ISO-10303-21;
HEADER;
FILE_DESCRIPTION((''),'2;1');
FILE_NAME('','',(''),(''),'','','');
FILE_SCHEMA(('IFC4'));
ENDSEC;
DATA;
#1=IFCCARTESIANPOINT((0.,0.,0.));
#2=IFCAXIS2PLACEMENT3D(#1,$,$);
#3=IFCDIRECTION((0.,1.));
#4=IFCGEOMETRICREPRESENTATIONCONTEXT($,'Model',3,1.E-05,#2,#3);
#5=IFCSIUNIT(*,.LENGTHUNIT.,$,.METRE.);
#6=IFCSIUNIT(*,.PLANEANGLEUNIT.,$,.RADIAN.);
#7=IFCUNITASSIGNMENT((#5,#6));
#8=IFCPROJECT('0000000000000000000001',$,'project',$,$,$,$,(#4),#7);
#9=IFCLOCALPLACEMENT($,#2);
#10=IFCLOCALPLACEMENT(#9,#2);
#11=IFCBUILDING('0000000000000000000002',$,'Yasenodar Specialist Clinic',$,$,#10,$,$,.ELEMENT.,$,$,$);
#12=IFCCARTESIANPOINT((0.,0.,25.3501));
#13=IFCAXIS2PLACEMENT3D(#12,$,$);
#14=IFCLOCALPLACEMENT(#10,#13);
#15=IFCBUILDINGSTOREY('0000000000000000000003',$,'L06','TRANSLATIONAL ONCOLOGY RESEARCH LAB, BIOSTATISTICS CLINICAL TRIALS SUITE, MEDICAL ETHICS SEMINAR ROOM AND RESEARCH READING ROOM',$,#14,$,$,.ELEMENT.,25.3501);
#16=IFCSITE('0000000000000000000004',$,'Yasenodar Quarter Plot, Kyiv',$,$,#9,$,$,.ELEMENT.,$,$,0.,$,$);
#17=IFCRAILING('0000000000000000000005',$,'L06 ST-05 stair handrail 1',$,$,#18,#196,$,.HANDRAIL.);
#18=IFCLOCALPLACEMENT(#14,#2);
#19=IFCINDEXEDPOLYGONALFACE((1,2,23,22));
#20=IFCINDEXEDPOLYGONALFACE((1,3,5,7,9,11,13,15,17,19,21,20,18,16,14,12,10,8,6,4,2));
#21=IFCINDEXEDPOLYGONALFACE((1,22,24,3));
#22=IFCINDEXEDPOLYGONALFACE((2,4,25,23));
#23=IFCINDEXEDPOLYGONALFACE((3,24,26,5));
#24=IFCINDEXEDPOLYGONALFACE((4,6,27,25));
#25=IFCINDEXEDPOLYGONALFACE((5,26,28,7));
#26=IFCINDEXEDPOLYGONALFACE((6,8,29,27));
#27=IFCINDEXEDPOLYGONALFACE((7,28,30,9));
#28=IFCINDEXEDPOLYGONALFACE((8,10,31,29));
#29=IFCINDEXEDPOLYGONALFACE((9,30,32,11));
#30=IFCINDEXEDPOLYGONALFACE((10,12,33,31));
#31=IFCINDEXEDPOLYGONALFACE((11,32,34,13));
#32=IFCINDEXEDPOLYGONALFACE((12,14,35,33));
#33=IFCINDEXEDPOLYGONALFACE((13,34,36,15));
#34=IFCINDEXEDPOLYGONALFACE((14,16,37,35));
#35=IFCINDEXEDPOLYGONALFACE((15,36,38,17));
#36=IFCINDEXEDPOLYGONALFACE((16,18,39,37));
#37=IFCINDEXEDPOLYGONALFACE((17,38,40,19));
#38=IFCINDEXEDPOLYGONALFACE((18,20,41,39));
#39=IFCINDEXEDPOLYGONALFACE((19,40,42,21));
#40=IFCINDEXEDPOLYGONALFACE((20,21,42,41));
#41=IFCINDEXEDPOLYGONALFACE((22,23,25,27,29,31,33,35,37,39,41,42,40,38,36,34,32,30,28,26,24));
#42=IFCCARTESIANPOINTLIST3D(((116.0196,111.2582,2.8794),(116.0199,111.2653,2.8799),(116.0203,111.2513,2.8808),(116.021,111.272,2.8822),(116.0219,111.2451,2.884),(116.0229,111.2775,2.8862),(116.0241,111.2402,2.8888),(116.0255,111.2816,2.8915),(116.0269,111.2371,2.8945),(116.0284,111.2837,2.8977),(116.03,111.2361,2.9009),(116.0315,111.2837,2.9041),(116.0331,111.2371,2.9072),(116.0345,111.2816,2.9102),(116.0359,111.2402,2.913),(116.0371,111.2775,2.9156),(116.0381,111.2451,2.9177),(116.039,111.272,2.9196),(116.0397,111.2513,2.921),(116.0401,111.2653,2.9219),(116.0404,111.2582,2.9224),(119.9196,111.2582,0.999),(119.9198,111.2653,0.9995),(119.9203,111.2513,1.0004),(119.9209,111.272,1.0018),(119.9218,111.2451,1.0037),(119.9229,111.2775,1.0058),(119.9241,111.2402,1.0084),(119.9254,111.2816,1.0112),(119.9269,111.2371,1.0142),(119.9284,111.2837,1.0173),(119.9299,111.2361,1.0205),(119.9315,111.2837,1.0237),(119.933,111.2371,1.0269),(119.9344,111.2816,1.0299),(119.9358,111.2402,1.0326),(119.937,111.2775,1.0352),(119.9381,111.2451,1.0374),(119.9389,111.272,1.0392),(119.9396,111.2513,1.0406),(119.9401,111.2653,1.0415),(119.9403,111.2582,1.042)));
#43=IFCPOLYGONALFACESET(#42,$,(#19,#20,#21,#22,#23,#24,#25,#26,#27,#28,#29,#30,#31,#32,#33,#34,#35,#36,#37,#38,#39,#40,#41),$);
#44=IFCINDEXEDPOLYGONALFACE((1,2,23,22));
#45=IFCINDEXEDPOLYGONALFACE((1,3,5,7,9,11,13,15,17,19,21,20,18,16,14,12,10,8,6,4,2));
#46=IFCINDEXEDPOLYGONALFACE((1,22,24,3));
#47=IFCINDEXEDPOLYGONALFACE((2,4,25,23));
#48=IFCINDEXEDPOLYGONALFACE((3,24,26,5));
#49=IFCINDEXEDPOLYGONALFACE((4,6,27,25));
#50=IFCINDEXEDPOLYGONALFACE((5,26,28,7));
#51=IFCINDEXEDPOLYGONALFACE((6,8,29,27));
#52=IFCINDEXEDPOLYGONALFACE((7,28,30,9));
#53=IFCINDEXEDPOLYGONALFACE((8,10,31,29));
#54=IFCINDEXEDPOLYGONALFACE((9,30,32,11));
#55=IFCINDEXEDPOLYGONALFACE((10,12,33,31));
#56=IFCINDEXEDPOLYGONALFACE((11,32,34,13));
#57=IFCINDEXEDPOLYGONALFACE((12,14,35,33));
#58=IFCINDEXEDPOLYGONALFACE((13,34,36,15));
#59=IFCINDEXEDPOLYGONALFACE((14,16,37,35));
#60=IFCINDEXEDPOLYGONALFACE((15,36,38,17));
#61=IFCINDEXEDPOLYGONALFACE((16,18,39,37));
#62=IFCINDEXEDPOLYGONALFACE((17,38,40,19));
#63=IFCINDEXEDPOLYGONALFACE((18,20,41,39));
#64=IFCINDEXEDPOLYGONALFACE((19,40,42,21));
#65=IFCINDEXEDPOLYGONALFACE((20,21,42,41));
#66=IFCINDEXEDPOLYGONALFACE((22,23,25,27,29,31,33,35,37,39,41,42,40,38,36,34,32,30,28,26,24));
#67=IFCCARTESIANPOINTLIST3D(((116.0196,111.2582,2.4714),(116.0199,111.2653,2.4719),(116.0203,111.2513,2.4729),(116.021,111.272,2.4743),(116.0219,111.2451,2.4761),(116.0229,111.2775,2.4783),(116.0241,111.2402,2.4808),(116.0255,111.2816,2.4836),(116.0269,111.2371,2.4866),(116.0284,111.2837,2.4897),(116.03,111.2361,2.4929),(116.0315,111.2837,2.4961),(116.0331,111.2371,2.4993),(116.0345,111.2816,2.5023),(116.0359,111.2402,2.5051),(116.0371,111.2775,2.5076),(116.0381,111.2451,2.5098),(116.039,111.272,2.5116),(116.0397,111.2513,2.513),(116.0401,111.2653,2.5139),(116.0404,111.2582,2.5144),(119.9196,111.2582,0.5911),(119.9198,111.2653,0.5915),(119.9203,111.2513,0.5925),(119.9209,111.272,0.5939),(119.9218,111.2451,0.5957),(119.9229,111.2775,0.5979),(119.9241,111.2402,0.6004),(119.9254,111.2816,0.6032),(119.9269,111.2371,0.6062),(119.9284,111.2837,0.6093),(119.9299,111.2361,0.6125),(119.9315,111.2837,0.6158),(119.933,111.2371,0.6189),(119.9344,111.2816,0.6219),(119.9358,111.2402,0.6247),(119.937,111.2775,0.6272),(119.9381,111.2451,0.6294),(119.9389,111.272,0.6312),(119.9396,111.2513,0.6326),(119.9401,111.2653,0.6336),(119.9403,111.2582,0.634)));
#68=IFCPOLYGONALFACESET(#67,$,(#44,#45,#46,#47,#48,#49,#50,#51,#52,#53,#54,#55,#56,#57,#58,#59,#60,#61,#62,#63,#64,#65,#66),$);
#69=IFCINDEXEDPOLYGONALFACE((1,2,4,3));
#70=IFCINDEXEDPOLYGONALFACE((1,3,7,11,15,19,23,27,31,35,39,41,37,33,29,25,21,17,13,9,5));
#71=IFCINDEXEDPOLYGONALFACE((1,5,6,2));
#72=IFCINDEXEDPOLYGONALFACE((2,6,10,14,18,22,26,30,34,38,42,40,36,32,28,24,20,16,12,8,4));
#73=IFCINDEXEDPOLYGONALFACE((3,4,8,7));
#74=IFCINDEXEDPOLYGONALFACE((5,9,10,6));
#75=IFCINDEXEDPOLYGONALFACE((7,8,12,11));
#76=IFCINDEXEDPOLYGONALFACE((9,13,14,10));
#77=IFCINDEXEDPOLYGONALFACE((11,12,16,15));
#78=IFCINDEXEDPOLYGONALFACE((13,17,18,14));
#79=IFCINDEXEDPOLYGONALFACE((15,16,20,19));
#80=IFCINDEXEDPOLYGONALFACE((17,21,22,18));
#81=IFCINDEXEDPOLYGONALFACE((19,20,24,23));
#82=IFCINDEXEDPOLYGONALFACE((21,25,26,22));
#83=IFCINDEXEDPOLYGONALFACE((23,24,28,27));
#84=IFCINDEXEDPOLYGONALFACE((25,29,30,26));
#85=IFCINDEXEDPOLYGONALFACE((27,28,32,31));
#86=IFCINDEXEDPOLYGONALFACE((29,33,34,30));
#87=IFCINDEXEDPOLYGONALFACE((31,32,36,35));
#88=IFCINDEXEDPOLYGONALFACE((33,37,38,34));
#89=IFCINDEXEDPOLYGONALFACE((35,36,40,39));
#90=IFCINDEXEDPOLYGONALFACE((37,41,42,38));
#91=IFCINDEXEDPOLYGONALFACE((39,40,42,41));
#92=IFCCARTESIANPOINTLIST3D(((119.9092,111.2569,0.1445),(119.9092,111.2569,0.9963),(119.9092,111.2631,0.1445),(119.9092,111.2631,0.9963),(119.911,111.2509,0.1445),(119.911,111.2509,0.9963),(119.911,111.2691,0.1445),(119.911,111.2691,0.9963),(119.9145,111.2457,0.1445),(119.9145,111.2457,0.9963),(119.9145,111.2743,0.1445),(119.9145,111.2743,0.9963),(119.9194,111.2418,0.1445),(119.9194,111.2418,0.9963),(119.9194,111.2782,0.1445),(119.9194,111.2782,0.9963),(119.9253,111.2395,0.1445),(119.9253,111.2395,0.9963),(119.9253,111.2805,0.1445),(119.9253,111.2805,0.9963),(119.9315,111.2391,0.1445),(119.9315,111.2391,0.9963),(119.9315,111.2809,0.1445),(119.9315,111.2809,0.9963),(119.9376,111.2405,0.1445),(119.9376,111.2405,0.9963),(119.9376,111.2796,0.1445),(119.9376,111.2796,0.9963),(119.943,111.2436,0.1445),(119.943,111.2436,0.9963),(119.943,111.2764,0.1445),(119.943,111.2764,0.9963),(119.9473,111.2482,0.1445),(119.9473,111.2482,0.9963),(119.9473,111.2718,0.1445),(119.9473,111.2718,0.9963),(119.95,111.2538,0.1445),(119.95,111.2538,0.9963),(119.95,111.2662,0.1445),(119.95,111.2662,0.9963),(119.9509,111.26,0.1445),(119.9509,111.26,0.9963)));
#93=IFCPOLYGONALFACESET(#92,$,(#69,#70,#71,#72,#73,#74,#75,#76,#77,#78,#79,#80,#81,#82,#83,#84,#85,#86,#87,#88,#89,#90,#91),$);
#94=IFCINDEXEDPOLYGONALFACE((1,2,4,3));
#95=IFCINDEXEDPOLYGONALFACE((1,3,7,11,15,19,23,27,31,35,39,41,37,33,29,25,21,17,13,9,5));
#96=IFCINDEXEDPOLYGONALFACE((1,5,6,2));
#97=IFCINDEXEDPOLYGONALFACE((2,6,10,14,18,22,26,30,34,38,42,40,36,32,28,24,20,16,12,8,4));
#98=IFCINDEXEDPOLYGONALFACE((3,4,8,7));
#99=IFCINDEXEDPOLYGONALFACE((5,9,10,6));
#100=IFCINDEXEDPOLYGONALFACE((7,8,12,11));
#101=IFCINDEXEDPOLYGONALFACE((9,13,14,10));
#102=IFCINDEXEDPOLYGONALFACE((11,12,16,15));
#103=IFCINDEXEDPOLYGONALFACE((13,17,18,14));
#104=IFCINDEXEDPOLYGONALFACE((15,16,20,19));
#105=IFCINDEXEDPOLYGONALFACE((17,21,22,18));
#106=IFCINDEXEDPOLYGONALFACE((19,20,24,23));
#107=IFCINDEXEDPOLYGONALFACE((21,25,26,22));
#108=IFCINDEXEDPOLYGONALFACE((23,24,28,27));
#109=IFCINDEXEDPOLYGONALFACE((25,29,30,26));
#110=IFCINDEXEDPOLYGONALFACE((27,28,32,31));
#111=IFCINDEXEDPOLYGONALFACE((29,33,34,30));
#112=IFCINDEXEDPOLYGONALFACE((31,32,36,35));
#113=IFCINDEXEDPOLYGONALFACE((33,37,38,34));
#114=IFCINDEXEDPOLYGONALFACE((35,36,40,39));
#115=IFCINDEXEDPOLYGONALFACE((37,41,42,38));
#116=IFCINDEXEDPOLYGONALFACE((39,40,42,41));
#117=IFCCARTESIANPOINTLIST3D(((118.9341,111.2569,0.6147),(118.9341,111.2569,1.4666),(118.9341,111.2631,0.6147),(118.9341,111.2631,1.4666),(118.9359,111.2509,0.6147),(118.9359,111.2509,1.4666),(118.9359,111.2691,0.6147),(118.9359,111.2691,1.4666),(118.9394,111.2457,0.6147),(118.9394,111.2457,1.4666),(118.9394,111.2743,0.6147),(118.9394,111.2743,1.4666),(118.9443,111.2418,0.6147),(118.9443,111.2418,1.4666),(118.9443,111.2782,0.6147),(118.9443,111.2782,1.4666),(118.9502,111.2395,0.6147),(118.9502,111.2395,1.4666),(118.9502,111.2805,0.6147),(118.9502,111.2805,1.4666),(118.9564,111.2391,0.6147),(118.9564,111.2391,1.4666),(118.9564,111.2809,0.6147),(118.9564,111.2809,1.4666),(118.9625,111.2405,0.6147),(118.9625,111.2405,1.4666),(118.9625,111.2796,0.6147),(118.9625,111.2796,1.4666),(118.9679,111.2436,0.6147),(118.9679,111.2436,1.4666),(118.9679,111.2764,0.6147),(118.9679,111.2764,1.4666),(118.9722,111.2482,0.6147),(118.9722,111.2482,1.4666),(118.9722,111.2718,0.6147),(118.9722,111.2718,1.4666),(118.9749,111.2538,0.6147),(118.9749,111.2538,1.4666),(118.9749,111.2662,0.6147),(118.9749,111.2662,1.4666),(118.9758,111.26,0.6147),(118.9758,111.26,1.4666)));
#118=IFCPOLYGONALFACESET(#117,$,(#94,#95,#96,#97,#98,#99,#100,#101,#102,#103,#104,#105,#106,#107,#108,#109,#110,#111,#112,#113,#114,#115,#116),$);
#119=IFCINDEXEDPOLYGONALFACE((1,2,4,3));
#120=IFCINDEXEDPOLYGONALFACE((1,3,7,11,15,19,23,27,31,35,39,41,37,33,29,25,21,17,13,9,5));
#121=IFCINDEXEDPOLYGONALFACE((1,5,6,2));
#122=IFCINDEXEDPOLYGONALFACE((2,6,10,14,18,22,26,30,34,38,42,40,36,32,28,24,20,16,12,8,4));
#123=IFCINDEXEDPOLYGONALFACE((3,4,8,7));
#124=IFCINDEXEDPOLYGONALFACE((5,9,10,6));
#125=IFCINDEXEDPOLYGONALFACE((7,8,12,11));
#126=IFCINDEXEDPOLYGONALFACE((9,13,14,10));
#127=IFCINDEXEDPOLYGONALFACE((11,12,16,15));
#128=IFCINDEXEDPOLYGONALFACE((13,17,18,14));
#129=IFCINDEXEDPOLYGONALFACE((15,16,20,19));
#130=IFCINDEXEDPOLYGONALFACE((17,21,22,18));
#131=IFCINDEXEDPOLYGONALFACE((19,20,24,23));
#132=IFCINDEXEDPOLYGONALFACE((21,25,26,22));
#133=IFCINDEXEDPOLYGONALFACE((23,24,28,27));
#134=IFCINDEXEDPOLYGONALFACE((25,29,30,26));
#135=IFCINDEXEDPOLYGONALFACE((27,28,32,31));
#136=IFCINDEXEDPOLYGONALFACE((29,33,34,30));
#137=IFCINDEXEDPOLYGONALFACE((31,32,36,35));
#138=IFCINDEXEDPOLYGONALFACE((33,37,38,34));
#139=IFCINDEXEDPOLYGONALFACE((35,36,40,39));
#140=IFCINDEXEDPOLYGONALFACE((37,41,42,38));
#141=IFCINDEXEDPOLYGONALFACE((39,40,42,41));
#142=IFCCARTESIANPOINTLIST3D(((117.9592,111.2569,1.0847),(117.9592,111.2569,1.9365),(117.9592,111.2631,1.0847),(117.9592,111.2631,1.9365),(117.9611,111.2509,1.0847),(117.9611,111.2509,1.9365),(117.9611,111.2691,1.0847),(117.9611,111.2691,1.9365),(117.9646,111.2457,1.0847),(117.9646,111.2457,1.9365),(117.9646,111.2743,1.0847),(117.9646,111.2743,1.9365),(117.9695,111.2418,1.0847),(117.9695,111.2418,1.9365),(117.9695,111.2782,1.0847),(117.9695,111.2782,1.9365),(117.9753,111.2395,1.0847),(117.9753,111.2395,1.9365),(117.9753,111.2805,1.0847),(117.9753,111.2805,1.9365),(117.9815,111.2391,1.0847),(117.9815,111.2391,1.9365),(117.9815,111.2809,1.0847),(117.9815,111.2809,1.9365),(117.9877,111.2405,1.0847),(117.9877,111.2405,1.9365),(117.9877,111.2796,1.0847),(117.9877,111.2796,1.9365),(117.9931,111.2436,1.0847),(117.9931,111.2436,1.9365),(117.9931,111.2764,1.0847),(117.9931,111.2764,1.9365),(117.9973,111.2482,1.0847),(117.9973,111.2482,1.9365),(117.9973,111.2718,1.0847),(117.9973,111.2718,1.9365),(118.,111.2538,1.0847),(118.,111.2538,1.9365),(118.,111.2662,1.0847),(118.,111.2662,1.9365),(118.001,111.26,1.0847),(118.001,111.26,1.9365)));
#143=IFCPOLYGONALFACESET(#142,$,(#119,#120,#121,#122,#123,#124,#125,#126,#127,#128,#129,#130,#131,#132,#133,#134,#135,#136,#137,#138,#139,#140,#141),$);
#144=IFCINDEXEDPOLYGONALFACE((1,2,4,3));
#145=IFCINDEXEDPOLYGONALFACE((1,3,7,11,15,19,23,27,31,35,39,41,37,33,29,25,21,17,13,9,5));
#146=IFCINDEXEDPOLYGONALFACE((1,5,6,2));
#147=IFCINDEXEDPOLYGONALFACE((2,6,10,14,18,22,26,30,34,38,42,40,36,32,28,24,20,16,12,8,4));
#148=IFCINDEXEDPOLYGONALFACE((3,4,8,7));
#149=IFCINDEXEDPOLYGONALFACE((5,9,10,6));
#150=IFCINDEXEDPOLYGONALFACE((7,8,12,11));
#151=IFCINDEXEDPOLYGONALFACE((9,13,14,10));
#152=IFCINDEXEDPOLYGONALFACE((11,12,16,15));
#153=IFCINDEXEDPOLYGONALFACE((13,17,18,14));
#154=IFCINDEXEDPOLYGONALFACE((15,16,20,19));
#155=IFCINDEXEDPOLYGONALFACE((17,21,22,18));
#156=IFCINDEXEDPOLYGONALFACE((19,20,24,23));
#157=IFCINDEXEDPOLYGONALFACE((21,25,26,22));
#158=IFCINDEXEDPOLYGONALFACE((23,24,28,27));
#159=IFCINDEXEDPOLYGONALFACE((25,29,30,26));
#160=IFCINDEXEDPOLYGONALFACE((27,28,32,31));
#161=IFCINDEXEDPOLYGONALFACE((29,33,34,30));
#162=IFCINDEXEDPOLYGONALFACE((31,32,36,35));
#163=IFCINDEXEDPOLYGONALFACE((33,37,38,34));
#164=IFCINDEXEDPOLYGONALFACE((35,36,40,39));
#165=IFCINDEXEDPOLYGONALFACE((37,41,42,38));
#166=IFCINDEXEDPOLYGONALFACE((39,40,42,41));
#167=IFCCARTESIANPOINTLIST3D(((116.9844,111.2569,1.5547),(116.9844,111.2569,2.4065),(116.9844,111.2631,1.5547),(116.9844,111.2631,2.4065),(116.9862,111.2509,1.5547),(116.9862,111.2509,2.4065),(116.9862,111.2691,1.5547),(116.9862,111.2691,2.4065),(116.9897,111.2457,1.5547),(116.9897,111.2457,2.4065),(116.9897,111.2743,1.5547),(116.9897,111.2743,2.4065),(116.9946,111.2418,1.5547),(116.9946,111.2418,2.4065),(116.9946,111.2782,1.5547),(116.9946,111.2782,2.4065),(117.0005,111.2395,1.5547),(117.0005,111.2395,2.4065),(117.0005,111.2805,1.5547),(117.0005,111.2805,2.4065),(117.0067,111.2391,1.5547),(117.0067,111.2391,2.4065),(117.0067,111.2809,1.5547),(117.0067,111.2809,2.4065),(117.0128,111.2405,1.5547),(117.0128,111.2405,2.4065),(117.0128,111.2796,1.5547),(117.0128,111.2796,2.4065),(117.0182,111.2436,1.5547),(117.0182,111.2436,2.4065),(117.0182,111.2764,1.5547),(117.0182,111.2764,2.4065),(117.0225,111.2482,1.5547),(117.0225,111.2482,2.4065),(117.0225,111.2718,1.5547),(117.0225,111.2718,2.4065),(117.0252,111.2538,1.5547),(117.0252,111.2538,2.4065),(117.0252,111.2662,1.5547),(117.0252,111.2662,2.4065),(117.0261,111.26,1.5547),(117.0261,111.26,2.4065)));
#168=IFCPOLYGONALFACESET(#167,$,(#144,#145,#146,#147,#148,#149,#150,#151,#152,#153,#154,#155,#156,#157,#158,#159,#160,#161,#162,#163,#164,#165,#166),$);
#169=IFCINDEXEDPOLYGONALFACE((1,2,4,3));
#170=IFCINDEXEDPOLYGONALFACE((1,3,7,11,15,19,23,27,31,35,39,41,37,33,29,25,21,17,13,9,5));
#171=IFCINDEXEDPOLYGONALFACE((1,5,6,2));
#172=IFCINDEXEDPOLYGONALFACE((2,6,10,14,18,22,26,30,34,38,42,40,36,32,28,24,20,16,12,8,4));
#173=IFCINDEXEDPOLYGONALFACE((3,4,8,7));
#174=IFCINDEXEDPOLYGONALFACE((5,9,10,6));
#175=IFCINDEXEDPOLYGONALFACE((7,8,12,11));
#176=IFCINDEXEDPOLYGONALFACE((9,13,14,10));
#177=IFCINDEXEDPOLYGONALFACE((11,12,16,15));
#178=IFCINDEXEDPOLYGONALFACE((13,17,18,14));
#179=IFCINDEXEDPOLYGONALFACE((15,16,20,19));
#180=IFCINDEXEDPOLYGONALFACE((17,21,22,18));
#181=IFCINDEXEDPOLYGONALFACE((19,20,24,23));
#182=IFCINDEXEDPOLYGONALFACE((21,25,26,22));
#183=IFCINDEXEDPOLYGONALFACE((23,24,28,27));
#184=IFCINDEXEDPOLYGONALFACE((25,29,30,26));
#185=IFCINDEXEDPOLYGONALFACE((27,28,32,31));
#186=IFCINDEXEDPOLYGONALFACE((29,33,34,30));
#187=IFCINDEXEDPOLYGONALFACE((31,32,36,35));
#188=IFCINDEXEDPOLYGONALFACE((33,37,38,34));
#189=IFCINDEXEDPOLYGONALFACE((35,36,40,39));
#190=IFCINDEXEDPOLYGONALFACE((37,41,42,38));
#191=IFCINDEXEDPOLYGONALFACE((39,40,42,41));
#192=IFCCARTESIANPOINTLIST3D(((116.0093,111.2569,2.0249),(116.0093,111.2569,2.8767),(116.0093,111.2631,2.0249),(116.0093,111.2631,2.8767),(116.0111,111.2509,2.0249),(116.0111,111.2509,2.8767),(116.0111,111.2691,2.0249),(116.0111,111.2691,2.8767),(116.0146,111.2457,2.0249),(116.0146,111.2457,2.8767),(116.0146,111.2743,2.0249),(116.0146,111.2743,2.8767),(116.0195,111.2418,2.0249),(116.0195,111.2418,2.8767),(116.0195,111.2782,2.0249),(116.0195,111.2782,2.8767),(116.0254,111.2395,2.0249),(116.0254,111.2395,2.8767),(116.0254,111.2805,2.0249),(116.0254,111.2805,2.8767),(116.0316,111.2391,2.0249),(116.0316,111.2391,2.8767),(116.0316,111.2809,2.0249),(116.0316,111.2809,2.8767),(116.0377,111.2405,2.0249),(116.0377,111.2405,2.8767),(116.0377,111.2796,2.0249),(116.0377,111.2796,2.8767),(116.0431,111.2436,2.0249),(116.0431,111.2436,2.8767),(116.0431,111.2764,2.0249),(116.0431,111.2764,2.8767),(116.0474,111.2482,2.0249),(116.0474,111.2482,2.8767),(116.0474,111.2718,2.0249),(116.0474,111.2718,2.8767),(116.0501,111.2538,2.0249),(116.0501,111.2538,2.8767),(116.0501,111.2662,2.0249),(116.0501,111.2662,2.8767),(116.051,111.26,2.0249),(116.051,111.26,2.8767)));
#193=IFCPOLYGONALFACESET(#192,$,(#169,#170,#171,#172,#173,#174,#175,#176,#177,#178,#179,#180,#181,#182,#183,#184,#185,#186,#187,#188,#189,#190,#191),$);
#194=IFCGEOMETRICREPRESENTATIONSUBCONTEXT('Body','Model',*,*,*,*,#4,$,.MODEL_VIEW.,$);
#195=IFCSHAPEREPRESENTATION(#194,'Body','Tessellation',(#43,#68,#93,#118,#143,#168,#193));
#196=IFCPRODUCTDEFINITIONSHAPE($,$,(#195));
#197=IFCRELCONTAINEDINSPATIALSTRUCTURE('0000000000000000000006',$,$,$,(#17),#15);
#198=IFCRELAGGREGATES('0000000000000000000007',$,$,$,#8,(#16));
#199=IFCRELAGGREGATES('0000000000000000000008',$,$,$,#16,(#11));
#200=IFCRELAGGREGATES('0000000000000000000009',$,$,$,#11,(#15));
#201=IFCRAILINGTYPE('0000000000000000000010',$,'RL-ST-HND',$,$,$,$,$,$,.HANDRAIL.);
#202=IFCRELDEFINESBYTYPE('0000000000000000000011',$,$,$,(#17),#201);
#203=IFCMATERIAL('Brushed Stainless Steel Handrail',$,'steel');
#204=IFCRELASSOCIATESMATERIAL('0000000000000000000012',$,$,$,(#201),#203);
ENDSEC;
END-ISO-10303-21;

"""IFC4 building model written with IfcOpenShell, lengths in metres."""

from ifc_helpers import new_model, si_unit, direction, frame, origin, origin_2d, place, context, subcontext, project, spatial, circle, extrude, material, type_object, element, save


model = new_model("IFC4")

# Units and contexts
model_context = context("Model", 3, precision=1e-05, world=origin(), true_north=direction((0.0, 1.0)))
body_context = subcontext(model_context, "Body", "Model", "MODEL_VIEW")
ifc_project = project(units=[si_unit("LENGTHUNIT", "METRE"), si_unit("PLANEANGLEUNIT", "RADIAN")], contexts=[model_context])

# Site, building, storey
site_placement = place(None, origin())
site = spatial("IfcSite", under=ifc_project, at=site_placement, Name="Yasenodar Quarter Plot, Kyiv", CompositionType="ELEMENT", RefElevation=0.0)
building_placement = place(site_placement, origin())
building = spatial("IfcBuilding", under=site, at=building_placement, Name="Yasenodar Specialist Clinic", CompositionType="ELEMENT")
storey_placement = place(building_placement, frame((0.0, 0.0, 25.3501)))
storey = spatial("IfcBuildingStorey", under=building, at=storey_placement, Name="L06", Description="TRANSLATIONAL ONCOLOGY RESEARCH LAB, BIOSTATISTICS CLINICAL TRIALS SUITE, MEDICAL ETHICS SEMINAR ROOM AND RESEARCH READING ROOM", CompositionType="ELEMENT", Elevation=25.3501)

# Railing
ifc_material_1 = material(Name="Brushed Stainless Steel Handrail", Category="steel")
railing_type_1 = type_object("IfcRailingType", Name="RL-ST-HND", PredefinedType="HANDRAIL", material=ifc_material_1)
railing_1_placement = place(storey_placement, frame((119.9299, 111.26, 0.1445)))
element("IfcRailing", 1, at=railing_1_placement, inside=storey, type_object=railing_type_1, Name="L06 ST-05 stair handrail 1", PredefinedType="HANDRAIL", context=body_context, shape_type="SweptSolid", body=[
    extrude(circle(Radius=0.0239, at=origin_2d()), frame((0.0, 0.0, 0.876), z_axis=(-0.900763, 0.0, 0.434311), x_axis=(0.0, -1.0, 0.0)), (0.0, 0.0, 1.0), 4.3296),
    extrude(circle(Radius=0.0239, at=origin_2d()), frame((0.0, 0.0, 0.468), z_axis=(-0.900763, 0.0, 0.434311), x_axis=(0.0, -1.0, 0.0)), (0.0, 0.0, 1.0), 4.3296),
    extrude(circle(Radius=0.021, at=origin_2d()), origin(), (0.0, 0.0, 1.0), 0.8518),
    extrude(circle(Radius=0.021, at=origin_2d()), frame((-0.9751, 0.0, 0.4702)), (0.0, 0.0, 1.0), 0.8518),
    extrude(circle(Radius=0.021, at=origin_2d()), frame((-1.95, 0.0, 0.9402)), (0.0, 0.0, 1.0), 0.8518),
    extrude(circle(Radius=0.021, at=origin_2d()), frame((-2.9248, 0.0, 1.4102)), (0.0, 0.0, 1.0), 0.8518),
    extrude(circle(Radius=0.021, at=origin_2d()), frame((-3.8999, 0.0, 1.8804)), (0.0, 0.0, 1.0), 0.8518),
])

save(model, "model.ifc")
